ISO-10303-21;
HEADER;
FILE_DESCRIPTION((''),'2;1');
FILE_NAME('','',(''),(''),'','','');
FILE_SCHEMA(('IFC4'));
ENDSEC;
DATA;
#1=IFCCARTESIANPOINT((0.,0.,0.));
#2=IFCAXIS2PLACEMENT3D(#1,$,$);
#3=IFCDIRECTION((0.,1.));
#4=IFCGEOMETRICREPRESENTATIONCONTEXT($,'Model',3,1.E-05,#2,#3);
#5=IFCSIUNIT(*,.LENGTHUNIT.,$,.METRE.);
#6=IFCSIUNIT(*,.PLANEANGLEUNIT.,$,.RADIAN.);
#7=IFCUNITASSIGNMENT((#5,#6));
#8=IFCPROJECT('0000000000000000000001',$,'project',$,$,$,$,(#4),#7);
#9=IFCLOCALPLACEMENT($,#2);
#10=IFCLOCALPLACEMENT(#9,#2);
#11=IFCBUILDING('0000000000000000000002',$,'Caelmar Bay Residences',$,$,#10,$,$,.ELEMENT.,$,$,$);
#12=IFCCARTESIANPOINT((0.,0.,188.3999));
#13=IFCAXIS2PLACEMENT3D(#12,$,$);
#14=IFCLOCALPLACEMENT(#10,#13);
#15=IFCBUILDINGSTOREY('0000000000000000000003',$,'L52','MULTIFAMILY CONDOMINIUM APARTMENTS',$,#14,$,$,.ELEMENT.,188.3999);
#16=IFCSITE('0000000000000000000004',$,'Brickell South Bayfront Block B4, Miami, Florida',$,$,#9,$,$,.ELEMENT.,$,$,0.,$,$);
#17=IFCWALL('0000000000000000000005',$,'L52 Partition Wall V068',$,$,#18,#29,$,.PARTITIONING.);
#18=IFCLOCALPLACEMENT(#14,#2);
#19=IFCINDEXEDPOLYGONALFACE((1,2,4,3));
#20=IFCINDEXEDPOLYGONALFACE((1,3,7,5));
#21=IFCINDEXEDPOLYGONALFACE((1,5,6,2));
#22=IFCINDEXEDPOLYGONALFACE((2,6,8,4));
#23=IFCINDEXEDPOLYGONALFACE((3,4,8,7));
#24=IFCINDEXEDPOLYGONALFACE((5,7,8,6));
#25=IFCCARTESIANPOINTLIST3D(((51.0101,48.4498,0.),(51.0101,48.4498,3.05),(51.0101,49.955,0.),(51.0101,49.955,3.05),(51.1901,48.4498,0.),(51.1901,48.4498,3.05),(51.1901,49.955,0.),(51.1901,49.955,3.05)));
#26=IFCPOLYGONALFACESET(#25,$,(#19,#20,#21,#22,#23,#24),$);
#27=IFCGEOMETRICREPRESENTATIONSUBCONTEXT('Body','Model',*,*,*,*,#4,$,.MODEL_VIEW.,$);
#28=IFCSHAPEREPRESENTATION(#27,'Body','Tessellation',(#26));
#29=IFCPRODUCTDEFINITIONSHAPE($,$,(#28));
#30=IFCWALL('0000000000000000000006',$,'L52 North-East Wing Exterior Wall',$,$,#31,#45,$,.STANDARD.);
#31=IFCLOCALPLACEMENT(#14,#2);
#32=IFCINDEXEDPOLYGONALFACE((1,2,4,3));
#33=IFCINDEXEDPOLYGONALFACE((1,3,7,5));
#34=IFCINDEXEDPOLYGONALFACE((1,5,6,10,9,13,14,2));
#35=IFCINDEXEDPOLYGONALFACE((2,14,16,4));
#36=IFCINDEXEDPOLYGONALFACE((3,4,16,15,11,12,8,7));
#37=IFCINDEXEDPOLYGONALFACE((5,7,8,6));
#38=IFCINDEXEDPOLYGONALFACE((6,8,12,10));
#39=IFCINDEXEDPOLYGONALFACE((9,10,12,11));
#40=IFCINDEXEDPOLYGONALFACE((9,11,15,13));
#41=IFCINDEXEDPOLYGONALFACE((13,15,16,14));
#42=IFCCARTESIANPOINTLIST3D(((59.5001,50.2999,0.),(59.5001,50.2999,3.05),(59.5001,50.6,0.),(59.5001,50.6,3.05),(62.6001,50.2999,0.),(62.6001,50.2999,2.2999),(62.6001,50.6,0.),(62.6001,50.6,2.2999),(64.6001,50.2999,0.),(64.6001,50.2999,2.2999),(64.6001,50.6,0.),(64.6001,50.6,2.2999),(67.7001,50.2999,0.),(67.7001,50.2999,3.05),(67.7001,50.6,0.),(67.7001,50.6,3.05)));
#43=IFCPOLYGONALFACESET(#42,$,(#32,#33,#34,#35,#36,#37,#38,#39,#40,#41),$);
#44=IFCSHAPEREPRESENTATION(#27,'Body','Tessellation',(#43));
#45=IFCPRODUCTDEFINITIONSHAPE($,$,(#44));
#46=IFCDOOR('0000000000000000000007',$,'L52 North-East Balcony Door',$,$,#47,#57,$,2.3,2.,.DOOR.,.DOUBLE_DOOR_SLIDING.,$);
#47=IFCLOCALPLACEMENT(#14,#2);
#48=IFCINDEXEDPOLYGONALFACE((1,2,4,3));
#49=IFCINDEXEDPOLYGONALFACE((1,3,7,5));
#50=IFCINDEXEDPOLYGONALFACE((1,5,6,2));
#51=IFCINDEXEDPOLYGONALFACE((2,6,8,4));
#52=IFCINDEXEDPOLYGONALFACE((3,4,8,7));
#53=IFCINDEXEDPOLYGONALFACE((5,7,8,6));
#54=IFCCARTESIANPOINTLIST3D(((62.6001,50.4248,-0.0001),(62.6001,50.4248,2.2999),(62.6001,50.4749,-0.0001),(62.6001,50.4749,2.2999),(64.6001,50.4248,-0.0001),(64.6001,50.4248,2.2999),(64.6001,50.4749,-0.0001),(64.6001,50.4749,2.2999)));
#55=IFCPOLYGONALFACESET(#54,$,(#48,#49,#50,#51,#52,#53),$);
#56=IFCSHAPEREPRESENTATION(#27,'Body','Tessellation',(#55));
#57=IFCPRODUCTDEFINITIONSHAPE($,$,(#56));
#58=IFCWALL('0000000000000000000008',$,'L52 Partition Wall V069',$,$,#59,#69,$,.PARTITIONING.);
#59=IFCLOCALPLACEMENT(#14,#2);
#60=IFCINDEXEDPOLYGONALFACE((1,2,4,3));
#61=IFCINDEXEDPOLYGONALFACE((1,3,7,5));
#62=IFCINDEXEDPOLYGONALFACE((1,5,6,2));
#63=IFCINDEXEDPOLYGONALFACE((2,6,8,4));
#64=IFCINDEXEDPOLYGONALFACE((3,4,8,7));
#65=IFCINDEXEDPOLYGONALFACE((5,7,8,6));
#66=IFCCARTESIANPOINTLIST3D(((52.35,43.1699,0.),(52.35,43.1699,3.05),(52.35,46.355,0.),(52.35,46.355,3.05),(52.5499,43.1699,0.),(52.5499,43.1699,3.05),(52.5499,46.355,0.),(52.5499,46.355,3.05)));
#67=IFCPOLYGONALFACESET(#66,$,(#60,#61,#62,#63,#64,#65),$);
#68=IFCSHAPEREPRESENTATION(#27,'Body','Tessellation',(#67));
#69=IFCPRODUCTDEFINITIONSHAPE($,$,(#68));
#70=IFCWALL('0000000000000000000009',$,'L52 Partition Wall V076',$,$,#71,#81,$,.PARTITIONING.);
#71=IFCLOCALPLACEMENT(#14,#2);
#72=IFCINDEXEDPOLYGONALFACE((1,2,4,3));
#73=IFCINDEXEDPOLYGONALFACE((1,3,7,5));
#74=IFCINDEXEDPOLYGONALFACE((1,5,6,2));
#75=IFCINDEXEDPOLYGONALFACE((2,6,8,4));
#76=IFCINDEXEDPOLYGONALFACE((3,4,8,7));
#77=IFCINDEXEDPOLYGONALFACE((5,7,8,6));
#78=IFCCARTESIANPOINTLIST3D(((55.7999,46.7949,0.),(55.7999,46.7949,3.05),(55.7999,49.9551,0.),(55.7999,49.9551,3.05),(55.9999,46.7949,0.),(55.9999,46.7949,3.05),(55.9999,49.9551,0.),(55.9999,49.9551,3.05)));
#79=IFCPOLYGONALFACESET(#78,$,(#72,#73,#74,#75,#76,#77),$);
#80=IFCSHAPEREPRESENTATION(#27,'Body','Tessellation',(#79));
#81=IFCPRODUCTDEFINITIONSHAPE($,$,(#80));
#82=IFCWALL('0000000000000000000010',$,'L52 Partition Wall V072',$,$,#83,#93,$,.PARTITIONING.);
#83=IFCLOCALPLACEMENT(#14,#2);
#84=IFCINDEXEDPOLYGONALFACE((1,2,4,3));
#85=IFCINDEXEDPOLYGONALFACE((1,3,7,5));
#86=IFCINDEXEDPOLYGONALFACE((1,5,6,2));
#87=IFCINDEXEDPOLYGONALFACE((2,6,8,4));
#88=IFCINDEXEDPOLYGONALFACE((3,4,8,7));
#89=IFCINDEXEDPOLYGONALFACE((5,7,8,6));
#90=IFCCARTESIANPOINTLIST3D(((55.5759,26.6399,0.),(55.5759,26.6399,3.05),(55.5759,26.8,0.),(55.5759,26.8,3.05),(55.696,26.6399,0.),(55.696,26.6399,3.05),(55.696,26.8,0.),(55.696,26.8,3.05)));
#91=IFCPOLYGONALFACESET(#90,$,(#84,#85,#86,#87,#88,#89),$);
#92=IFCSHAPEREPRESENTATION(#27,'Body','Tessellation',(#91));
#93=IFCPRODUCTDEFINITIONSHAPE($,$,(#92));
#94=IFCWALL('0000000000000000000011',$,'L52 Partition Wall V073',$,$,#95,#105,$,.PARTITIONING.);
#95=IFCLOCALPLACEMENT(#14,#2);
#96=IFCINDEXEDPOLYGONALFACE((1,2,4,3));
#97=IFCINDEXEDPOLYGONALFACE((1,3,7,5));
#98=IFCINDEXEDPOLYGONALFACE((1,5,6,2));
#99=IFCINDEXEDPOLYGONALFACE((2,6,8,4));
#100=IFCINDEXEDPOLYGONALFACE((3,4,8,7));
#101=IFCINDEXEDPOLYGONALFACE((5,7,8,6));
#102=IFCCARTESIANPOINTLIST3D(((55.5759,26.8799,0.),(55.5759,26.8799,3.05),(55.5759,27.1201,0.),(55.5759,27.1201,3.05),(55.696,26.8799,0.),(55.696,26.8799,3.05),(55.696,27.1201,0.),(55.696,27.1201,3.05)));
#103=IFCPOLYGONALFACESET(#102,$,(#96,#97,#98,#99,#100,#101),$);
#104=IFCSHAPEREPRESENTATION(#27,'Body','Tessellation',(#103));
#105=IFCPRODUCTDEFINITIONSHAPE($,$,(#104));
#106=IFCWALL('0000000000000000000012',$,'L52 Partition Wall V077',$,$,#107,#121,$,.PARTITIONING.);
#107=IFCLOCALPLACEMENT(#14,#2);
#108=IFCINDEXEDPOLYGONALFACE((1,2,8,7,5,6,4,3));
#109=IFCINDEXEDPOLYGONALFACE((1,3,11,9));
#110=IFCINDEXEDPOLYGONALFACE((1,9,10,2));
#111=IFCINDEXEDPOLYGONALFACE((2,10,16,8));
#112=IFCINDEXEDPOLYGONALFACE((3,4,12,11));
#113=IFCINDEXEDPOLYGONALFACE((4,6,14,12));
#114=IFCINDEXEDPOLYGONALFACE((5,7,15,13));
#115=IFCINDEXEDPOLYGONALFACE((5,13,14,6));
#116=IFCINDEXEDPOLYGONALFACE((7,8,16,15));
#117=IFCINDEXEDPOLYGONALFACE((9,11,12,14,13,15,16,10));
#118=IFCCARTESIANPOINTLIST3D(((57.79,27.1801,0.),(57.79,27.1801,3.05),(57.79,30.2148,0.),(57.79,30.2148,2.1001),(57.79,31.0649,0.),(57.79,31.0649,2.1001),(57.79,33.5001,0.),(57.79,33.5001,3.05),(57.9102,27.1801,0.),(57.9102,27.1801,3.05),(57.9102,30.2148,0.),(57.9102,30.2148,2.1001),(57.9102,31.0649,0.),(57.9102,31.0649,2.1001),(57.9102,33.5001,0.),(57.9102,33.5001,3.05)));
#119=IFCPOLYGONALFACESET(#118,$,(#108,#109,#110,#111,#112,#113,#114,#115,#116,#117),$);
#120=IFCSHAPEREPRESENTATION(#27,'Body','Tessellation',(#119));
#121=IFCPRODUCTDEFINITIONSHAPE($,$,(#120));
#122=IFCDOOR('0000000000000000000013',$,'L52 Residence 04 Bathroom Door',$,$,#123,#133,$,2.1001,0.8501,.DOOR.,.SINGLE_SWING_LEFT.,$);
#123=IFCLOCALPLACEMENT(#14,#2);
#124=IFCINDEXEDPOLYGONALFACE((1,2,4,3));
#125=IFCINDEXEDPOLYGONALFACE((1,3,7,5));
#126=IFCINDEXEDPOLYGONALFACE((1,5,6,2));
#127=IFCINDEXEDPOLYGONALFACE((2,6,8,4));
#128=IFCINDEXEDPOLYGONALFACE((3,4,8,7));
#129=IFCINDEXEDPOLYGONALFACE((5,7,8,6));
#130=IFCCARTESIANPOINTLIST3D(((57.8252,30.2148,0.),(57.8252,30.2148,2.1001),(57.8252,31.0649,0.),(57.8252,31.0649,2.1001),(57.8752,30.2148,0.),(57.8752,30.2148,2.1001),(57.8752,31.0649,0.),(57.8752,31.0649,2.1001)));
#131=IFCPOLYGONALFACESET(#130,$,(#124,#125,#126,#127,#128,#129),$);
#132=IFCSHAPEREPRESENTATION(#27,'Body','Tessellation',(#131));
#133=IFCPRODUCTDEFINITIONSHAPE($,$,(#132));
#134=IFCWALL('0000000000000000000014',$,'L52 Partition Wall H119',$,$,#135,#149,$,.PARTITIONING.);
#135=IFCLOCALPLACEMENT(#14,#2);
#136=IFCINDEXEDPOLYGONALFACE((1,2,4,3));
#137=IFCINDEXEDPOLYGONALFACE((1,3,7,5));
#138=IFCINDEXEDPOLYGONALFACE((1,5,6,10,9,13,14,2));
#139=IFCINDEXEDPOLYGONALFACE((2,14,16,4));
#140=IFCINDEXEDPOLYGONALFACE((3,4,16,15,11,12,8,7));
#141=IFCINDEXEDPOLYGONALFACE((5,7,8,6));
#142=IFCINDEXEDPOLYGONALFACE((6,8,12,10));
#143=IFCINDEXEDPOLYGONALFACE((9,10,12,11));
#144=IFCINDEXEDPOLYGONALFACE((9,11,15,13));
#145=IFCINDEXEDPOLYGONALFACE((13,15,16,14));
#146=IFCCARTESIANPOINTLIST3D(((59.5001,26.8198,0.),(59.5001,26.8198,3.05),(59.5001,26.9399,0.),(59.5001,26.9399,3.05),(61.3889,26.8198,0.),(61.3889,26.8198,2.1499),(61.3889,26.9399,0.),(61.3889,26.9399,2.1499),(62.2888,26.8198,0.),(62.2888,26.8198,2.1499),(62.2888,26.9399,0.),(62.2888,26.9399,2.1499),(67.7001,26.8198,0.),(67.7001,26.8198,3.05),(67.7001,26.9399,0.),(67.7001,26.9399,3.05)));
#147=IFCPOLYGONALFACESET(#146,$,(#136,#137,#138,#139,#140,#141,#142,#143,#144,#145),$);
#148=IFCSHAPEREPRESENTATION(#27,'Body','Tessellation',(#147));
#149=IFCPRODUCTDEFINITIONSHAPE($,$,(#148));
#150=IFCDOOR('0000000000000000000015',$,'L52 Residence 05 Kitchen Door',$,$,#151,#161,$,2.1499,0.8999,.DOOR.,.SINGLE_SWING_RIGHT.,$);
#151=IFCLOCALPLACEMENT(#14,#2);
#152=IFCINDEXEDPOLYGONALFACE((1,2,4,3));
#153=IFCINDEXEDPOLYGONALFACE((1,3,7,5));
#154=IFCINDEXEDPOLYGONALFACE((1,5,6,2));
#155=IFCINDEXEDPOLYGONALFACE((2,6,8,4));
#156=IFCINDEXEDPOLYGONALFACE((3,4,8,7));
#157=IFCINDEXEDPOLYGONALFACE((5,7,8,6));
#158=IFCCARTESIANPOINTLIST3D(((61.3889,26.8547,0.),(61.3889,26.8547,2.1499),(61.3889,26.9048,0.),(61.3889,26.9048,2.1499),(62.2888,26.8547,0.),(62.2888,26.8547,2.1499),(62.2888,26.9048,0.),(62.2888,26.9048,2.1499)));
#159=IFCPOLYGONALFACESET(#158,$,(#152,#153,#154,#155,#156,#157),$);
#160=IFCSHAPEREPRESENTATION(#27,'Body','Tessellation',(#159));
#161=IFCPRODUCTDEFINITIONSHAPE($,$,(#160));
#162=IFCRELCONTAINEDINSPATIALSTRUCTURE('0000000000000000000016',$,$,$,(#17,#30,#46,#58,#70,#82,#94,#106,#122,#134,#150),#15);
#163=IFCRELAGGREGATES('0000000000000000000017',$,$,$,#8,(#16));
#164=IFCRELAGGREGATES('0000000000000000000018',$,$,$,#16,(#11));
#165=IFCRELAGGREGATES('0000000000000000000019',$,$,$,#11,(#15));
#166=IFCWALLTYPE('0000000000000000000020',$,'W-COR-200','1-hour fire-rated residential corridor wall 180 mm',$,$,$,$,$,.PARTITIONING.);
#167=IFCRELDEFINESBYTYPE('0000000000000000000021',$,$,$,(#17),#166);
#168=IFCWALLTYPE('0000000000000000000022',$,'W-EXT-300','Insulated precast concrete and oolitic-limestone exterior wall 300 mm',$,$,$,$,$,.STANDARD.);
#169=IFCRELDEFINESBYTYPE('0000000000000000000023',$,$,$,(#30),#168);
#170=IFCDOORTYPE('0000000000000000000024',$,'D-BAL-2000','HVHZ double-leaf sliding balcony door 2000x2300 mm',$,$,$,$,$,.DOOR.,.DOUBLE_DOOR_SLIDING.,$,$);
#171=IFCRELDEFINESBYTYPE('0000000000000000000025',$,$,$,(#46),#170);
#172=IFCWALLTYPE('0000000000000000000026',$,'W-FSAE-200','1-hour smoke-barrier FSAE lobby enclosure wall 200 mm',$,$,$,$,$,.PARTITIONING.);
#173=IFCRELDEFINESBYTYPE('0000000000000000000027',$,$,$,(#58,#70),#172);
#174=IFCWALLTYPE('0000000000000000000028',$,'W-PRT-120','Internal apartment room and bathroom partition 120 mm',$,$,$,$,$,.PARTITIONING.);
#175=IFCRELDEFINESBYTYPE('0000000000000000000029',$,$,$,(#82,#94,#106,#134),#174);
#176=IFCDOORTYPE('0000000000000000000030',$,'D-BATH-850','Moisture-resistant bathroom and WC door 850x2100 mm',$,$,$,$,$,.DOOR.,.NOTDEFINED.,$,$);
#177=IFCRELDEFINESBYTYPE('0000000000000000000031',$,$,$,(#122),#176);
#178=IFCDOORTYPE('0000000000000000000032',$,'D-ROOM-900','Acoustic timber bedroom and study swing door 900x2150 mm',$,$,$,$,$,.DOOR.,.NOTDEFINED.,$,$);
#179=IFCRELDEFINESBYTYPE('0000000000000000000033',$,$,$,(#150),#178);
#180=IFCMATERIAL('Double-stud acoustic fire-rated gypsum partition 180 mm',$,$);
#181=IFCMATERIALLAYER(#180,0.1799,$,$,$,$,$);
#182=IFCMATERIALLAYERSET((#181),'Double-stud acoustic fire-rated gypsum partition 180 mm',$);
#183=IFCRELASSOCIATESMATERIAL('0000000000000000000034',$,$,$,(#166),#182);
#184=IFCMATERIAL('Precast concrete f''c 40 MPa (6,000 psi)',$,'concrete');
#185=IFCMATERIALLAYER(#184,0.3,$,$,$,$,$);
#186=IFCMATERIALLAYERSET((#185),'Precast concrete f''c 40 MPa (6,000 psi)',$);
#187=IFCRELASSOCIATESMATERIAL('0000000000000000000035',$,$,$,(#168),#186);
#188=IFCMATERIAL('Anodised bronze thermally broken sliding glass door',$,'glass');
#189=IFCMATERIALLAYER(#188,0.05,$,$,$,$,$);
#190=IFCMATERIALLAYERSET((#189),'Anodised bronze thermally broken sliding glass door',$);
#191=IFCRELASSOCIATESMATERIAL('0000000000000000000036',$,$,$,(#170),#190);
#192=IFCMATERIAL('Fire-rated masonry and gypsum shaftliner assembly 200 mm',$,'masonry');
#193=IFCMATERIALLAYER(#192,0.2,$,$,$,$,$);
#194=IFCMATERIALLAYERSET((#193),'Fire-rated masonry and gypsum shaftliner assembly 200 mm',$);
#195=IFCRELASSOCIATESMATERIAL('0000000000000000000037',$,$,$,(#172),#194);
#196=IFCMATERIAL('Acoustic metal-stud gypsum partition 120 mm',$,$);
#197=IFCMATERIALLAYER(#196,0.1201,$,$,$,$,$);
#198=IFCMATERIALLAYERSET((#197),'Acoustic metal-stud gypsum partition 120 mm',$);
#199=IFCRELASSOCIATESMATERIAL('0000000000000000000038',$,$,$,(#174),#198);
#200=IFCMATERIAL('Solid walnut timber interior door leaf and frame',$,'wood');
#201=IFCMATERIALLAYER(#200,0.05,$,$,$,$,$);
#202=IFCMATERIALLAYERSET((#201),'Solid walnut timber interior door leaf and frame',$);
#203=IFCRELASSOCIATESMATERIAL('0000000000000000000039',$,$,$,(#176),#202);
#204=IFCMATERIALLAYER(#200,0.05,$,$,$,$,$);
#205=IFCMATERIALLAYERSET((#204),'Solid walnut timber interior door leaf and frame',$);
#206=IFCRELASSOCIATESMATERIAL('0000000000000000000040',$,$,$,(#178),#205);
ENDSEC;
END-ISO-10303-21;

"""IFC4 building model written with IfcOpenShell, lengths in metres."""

from ifc_helpers import new_model, si_unit, direction, frame, frame_2d, origin, place, context, subcontext, project, spatial, rectangle, extrude, material, layer, layer_set, type_object, element, fill, save


model = new_model("IFC4")

# Units and contexts
model_context = context("Model", 3, precision=1e-05, world=origin(), true_north=direction((0.0, 1.0)))
body_context = subcontext(model_context, "Body", "Model", "MODEL_VIEW")
ifc_project = project(units=[si_unit("LENGTHUNIT", "METRE"), si_unit("PLANEANGLEUNIT", "RADIAN")], contexts=[model_context])

# Site, building, storey
site_placement = place(None, origin())
site = spatial("IfcSite", under=ifc_project, at=site_placement, Name="Brickell South Bayfront Block B4, Miami, Florida", CompositionType="ELEMENT", RefElevation=0.0)
building_placement = place(site_placement, origin())
building = spatial("IfcBuilding", under=site, at=building_placement, Name="Caelmar Bay Residences", CompositionType="ELEMENT")
storey_placement = place(building_placement, frame((0.0, 0.0, 188.3999)))
storey = spatial("IfcBuildingStorey", under=building, at=storey_placement, Name="L52", Description="MULTIFAMILY CONDOMINIUM APARTMENTS", CompositionType="ELEMENT", Elevation=188.3999)

# Wall
ifc_material_1 = material(Name="Double-stud acoustic fire-rated gypsum partition 180 mm")
ifc_layer_1 = layer(ifc_material_1, 0.1799)
ifc_layer_set_1 = layer_set([ifc_layer_1], Name="Double-stud acoustic fire-rated gypsum partition 180 mm")
wall_type_1 = type_object("IfcWallType", Name="W-COR-200", Description="1-hour fire-rated residential corridor wall 180 mm", PredefinedType="PARTITIONING", material=ifc_layer_set_1)
wall_1_placement = place(storey_placement, frame((51.1001, 48.45, 0.0), z_axis=(0.0, 0.0, 1.0), x_axis=(0.0, 1.0, 0.0)))
element("IfcWall", 1, at=wall_1_placement, inside=storey, type_object=wall_type_1, Name="L52 Partition Wall V068", PredefinedType="PARTITIONING", context=body_context, shape_type="SweptSolid", body=[
    extrude(rectangle(XDim=1.5051, YDim=0.1799, at=frame_2d((0.7524, 0.0))), origin(), (0.0, 0.0, 1.0), 3.05),
])

# Wall, opening, door
ifc_material_2 = material(Name="Precast concrete f'c 40 MPa (6,000 psi)", Category="concrete")
ifc_layer_2 = layer(ifc_material_2, 0.3)
ifc_layer_set_2 = layer_set([ifc_layer_2], Name="Precast concrete f'c 40 MPa (6,000 psi)")
wall_type_2 = type_object("IfcWallType", Name="W-EXT-300", Description="Insulated precast concrete and oolitic-limestone exterior wall 300 mm", PredefinedType="STANDARD", material=ifc_layer_set_2)
wall_2_placement = place(storey_placement, frame((59.5, 50.45, 0.0), z_axis=(0.0, 0.0, 1.0), x_axis=(1.0, 0.0, 0.0)))
wall_2 = element("IfcWall", 2, at=wall_2_placement, inside=storey, type_object=wall_type_2, Name="L52 North-East Wing Exterior Wall", PredefinedType="STANDARD", context=body_context, shape_type="SweptSolid", body=[
    extrude(rectangle(XDim=8.2, YDim=0.3, at=frame_2d((4.1001, 0.0))), origin(), (0.0, 0.0, 1.0), 3.05),
])
opening_1_placement = place(wall_2_placement, frame((3.1001, 0.0, 0.0)))
opening_1 = element("IfcOpeningElement", 3, at=opening_1_placement, cuts=wall_2, PredefinedType="OPENING", context=body_context, shape_type="SweptSolid", body=[
    extrude(rectangle(XDim=2.0, YDim=2.3, at=frame_2d((1.0, 1.1499))), frame((0.0, 0.1599, 0.0), z_axis=(0.0, -1.0, 0.0), x_axis=(1.0, 0.0, 0.0)), (0.0, 0.0, 1.0), 0.3201),
])
ifc_material_3 = material(Name="Anodised bronze thermally broken sliding glass door", Category="glass")
ifc_layer_3 = layer(ifc_material_3, 0.05)
ifc_layer_set_3 = layer_set([ifc_layer_3], Name="Anodised bronze thermally broken sliding glass door")
door_type_1 = type_object("IfcDoorType", Name="D-BAL-2000", Description="HVHZ double-leaf sliding balcony door 2000x2300 mm", OperationType="DOUBLE_DOOR_SLIDING", PredefinedType="DOOR", material=ifc_layer_set_3)
door_1_placement = place(opening_1_placement, origin())
door_1 = element("IfcDoor", 4, at=door_1_placement, inside=storey, type_object=door_type_1, Name="L52 North-East Balcony Door", OperationType="DOUBLE_DOOR_SLIDING", OverallHeight=2.3, OverallWidth=2.0, PredefinedType="DOOR", context=body_context, shape_type="SweptSolid", body=[
    extrude(rectangle(XDim=2.0, YDim=2.3, at=frame_2d((1.0, 1.1499))), frame((0.0, 0.0249, 0.0), z_axis=(0.0, -1.0, 0.0), x_axis=(1.0, 0.0, 0.0)), (0.0, 0.0, 1.0), 0.05),
])
fill(opening_1, door_1)

# Walls
ifc_material_4 = material(Name="Fire-rated masonry and gypsum shaftliner assembly 200 mm", Category="masonry")
ifc_layer_4 = layer(ifc_material_4, 0.2)
ifc_layer_set_4 = layer_set([ifc_layer_4], Name="Fire-rated masonry and gypsum shaftliner assembly 200 mm")
wall_type_3 = type_object("IfcWallType", Name="W-FSAE-200", Description="1-hour smoke-barrier FSAE lobby enclosure wall 200 mm", PredefinedType="PARTITIONING", material=ifc_layer_set_4)
wall_3_placement = place(storey_placement, frame((52.45, 43.1699, 0.0), z_axis=(0.0, 0.0, 1.0), x_axis=(0.0, 1.0, 0.0)))
element("IfcWall", 5, at=wall_3_placement, inside=storey, type_object=wall_type_3, Name="L52 Partition Wall V069", PredefinedType="PARTITIONING", context=body_context, shape_type="SweptSolid", body=[
    extrude(rectangle(XDim=3.1851, YDim=0.2, at=frame_2d((1.5925, 0.0))), origin(), (0.0, 0.0, 1.0), 3.05),
])
wall_4_placement = place(storey_placement, frame((55.8999, 46.7949, 0.0), z_axis=(0.0, 0.0, 1.0), x_axis=(0.0, 1.0, 0.0)))
element("IfcWall", 6, at=wall_4_placement, inside=storey, type_object=wall_type_3, Name="L52 Partition Wall V076", PredefinedType="PARTITIONING", context=body_context, shape_type="SweptSolid", body=[
    extrude(rectangle(XDim=3.1602, YDim=0.2, at=frame_2d((1.5801, 0.0))), origin(), (0.0, 0.0, 1.0), 3.05),
])
ifc_material_5 = material(Name="Acoustic metal-stud gypsum partition 120 mm")
ifc_layer_5 = layer(ifc_material_5, 0.1201)
ifc_layer_set_5 = layer_set([ifc_layer_5], Name="Acoustic metal-stud gypsum partition 120 mm")
wall_type_4 = type_object("IfcWallType", Name="W-PRT-120", Description="Internal apartment room and bathroom partition 120 mm", PredefinedType="PARTITIONING", material=ifc_layer_set_5)
wall_5_placement = place(storey_placement, frame((55.636, 26.6399, 0.0), z_axis=(0.0, 0.0, 1.0), x_axis=(0.0, 1.0, 0.0)))
element("IfcWall", 7, at=wall_5_placement, inside=storey, type_object=wall_type_4, Name="L52 Partition Wall V072", PredefinedType="PARTITIONING", context=body_context, shape_type="SweptSolid", body=[
    extrude(rectangle(XDim=0.1602, YDim=0.1201, at=frame_2d((0.0801, 0.0))), origin(), (0.0, 0.0, 1.0), 3.05),
])
wall_6_placement = place(storey_placement, frame((55.636, 26.8799, 0.0), z_axis=(0.0, 0.0, 1.0), x_axis=(0.0, 1.0, 0.0)))
element("IfcWall", 8, at=wall_6_placement, inside=storey, type_object=wall_type_4, Name="L52 Partition Wall V073", PredefinedType="PARTITIONING", context=body_context, shape_type="SweptSolid", body=[
    extrude(rectangle(XDim=0.2402, YDim=0.1201, at=frame_2d((0.1201, 0.0))), origin(), (0.0, 0.0, 1.0), 3.05),
])

# Walls, openings, doors
wall_7_placement = place(storey_placement, frame((57.8501, 27.1799, 0.0), z_axis=(0.0, 0.0, 1.0), x_axis=(0.0, 1.0, 0.0)))
wall_7 = element("IfcWall", 9, at=wall_7_placement, inside=storey, type_object=wall_type_4, Name="L52 Partition Wall V077", PredefinedType="PARTITIONING", context=body_context, shape_type="SweptSolid", body=[
    extrude(rectangle(XDim=6.3201, YDim=0.1201, at=frame_2d((3.1602, 0.0))), origin(), (0.0, 0.0, 1.0), 3.05),
])
opening_2_placement = place(wall_7_placement, frame((3.0349, 0.0, 0.0)))
opening_2 = element("IfcOpeningElement", 10, at=opening_2_placement, cuts=wall_7, PredefinedType="OPENING", context=body_context, shape_type="SweptSolid", body=[
    extrude(rectangle(XDim=0.8501, YDim=2.1001, at=frame_2d((0.425, 1.05))), frame((0.0, 0.0701, 0.0), z_axis=(0.0, -1.0, 0.0), x_axis=(1.0, 0.0, 0.0)), (0.0, 0.0, 1.0), 0.1401),
])
ifc_material_6 = material(Name="Solid walnut timber interior door leaf and frame", Category="wood")
ifc_layer_6 = layer(ifc_material_6, 0.05)
ifc_layer_set_6 = layer_set([ifc_layer_6], Name="Solid walnut timber interior door leaf and frame")
door_type_2 = type_object("IfcDoorType", Name="D-BATH-850", Description="Moisture-resistant bathroom and WC door 850x2100 mm", OperationType="NOTDEFINED", PredefinedType="DOOR", material=ifc_layer_set_6)
door_2_placement = place(opening_2_placement, origin())
door_2 = element("IfcDoor", 11, at=door_2_placement, inside=storey, type_object=door_type_2, Name="L52 Residence 04 Bathroom Door", OperationType="SINGLE_SWING_LEFT", OverallHeight=2.1001, OverallWidth=0.8501, PredefinedType="DOOR", context=body_context, shape_type="SweptSolid", body=[
    extrude(rectangle(XDim=0.8501, YDim=2.1001, at=frame_2d((0.425, 1.05))), frame((0.0, 0.0249, 0.0), z_axis=(0.0, -1.0, 0.0), x_axis=(1.0, 0.0, 0.0)), (0.0, 0.0, 1.0), 0.05),
])
fill(opening_2, door_2)
wall_8_placement = place(storey_placement, frame((59.5, 26.8799, 0.0), z_axis=(0.0, 0.0, 1.0), x_axis=(1.0, 0.0, 0.0)))
wall_8 = element("IfcWall", 12, at=wall_8_placement, inside=storey, type_object=wall_type_4, Name="L52 Partition Wall H119", PredefinedType="PARTITIONING", context=body_context, shape_type="SweptSolid", body=[
    extrude(rectangle(XDim=8.2, YDim=0.1201, at=frame_2d((4.1001, 0.0))), origin(), (0.0, 0.0, 1.0), 3.05),
])
opening_3_placement = place(wall_8_placement, frame((1.8889, 0.0, 0.0)))
opening_3 = element("IfcOpeningElement", 13, at=opening_3_placement, cuts=wall_8, PredefinedType="OPENING", context=body_context, shape_type="SweptSolid", body=[
    extrude(rectangle(XDim=0.8999, YDim=2.1499, at=frame_2d((0.45, 1.075))), frame((0.0, 0.0701, 0.0), z_axis=(0.0, -1.0, 0.0), x_axis=(1.0, 0.0, 0.0)), (0.0, 0.0, 1.0), 0.1401),
])
ifc_layer_7 = layer(ifc_material_6, 0.05)
ifc_layer_set_7 = layer_set([ifc_layer_7], Name="Solid walnut timber interior door leaf and frame")
door_type_3 = type_object("IfcDoorType", Name="D-ROOM-900", Description="Acoustic timber bedroom and study swing door 900x2150 mm", OperationType="NOTDEFINED", PredefinedType="DOOR", material=ifc_layer_set_7)
door_3_placement = place(opening_3_placement, origin())
door_3 = element("IfcDoor", 14, at=door_3_placement, inside=storey, type_object=door_type_3, Name="L52 Residence 05 Kitchen Door", OperationType="SINGLE_SWING_RIGHT", OverallHeight=2.1499, OverallWidth=0.8999, PredefinedType="DOOR", context=body_context, shape_type="SweptSolid", body=[
    extrude(rectangle(XDim=0.8999, YDim=2.1499, at=frame_2d((0.45, 1.075))), frame((0.0, 0.0249, 0.0), z_axis=(0.0, -1.0, 0.0), x_axis=(1.0, 0.0, 0.0)), (0.0, 0.0, 1.0), 0.05),
])
fill(opening_3, door_3)

save(model, "model.ifc")
